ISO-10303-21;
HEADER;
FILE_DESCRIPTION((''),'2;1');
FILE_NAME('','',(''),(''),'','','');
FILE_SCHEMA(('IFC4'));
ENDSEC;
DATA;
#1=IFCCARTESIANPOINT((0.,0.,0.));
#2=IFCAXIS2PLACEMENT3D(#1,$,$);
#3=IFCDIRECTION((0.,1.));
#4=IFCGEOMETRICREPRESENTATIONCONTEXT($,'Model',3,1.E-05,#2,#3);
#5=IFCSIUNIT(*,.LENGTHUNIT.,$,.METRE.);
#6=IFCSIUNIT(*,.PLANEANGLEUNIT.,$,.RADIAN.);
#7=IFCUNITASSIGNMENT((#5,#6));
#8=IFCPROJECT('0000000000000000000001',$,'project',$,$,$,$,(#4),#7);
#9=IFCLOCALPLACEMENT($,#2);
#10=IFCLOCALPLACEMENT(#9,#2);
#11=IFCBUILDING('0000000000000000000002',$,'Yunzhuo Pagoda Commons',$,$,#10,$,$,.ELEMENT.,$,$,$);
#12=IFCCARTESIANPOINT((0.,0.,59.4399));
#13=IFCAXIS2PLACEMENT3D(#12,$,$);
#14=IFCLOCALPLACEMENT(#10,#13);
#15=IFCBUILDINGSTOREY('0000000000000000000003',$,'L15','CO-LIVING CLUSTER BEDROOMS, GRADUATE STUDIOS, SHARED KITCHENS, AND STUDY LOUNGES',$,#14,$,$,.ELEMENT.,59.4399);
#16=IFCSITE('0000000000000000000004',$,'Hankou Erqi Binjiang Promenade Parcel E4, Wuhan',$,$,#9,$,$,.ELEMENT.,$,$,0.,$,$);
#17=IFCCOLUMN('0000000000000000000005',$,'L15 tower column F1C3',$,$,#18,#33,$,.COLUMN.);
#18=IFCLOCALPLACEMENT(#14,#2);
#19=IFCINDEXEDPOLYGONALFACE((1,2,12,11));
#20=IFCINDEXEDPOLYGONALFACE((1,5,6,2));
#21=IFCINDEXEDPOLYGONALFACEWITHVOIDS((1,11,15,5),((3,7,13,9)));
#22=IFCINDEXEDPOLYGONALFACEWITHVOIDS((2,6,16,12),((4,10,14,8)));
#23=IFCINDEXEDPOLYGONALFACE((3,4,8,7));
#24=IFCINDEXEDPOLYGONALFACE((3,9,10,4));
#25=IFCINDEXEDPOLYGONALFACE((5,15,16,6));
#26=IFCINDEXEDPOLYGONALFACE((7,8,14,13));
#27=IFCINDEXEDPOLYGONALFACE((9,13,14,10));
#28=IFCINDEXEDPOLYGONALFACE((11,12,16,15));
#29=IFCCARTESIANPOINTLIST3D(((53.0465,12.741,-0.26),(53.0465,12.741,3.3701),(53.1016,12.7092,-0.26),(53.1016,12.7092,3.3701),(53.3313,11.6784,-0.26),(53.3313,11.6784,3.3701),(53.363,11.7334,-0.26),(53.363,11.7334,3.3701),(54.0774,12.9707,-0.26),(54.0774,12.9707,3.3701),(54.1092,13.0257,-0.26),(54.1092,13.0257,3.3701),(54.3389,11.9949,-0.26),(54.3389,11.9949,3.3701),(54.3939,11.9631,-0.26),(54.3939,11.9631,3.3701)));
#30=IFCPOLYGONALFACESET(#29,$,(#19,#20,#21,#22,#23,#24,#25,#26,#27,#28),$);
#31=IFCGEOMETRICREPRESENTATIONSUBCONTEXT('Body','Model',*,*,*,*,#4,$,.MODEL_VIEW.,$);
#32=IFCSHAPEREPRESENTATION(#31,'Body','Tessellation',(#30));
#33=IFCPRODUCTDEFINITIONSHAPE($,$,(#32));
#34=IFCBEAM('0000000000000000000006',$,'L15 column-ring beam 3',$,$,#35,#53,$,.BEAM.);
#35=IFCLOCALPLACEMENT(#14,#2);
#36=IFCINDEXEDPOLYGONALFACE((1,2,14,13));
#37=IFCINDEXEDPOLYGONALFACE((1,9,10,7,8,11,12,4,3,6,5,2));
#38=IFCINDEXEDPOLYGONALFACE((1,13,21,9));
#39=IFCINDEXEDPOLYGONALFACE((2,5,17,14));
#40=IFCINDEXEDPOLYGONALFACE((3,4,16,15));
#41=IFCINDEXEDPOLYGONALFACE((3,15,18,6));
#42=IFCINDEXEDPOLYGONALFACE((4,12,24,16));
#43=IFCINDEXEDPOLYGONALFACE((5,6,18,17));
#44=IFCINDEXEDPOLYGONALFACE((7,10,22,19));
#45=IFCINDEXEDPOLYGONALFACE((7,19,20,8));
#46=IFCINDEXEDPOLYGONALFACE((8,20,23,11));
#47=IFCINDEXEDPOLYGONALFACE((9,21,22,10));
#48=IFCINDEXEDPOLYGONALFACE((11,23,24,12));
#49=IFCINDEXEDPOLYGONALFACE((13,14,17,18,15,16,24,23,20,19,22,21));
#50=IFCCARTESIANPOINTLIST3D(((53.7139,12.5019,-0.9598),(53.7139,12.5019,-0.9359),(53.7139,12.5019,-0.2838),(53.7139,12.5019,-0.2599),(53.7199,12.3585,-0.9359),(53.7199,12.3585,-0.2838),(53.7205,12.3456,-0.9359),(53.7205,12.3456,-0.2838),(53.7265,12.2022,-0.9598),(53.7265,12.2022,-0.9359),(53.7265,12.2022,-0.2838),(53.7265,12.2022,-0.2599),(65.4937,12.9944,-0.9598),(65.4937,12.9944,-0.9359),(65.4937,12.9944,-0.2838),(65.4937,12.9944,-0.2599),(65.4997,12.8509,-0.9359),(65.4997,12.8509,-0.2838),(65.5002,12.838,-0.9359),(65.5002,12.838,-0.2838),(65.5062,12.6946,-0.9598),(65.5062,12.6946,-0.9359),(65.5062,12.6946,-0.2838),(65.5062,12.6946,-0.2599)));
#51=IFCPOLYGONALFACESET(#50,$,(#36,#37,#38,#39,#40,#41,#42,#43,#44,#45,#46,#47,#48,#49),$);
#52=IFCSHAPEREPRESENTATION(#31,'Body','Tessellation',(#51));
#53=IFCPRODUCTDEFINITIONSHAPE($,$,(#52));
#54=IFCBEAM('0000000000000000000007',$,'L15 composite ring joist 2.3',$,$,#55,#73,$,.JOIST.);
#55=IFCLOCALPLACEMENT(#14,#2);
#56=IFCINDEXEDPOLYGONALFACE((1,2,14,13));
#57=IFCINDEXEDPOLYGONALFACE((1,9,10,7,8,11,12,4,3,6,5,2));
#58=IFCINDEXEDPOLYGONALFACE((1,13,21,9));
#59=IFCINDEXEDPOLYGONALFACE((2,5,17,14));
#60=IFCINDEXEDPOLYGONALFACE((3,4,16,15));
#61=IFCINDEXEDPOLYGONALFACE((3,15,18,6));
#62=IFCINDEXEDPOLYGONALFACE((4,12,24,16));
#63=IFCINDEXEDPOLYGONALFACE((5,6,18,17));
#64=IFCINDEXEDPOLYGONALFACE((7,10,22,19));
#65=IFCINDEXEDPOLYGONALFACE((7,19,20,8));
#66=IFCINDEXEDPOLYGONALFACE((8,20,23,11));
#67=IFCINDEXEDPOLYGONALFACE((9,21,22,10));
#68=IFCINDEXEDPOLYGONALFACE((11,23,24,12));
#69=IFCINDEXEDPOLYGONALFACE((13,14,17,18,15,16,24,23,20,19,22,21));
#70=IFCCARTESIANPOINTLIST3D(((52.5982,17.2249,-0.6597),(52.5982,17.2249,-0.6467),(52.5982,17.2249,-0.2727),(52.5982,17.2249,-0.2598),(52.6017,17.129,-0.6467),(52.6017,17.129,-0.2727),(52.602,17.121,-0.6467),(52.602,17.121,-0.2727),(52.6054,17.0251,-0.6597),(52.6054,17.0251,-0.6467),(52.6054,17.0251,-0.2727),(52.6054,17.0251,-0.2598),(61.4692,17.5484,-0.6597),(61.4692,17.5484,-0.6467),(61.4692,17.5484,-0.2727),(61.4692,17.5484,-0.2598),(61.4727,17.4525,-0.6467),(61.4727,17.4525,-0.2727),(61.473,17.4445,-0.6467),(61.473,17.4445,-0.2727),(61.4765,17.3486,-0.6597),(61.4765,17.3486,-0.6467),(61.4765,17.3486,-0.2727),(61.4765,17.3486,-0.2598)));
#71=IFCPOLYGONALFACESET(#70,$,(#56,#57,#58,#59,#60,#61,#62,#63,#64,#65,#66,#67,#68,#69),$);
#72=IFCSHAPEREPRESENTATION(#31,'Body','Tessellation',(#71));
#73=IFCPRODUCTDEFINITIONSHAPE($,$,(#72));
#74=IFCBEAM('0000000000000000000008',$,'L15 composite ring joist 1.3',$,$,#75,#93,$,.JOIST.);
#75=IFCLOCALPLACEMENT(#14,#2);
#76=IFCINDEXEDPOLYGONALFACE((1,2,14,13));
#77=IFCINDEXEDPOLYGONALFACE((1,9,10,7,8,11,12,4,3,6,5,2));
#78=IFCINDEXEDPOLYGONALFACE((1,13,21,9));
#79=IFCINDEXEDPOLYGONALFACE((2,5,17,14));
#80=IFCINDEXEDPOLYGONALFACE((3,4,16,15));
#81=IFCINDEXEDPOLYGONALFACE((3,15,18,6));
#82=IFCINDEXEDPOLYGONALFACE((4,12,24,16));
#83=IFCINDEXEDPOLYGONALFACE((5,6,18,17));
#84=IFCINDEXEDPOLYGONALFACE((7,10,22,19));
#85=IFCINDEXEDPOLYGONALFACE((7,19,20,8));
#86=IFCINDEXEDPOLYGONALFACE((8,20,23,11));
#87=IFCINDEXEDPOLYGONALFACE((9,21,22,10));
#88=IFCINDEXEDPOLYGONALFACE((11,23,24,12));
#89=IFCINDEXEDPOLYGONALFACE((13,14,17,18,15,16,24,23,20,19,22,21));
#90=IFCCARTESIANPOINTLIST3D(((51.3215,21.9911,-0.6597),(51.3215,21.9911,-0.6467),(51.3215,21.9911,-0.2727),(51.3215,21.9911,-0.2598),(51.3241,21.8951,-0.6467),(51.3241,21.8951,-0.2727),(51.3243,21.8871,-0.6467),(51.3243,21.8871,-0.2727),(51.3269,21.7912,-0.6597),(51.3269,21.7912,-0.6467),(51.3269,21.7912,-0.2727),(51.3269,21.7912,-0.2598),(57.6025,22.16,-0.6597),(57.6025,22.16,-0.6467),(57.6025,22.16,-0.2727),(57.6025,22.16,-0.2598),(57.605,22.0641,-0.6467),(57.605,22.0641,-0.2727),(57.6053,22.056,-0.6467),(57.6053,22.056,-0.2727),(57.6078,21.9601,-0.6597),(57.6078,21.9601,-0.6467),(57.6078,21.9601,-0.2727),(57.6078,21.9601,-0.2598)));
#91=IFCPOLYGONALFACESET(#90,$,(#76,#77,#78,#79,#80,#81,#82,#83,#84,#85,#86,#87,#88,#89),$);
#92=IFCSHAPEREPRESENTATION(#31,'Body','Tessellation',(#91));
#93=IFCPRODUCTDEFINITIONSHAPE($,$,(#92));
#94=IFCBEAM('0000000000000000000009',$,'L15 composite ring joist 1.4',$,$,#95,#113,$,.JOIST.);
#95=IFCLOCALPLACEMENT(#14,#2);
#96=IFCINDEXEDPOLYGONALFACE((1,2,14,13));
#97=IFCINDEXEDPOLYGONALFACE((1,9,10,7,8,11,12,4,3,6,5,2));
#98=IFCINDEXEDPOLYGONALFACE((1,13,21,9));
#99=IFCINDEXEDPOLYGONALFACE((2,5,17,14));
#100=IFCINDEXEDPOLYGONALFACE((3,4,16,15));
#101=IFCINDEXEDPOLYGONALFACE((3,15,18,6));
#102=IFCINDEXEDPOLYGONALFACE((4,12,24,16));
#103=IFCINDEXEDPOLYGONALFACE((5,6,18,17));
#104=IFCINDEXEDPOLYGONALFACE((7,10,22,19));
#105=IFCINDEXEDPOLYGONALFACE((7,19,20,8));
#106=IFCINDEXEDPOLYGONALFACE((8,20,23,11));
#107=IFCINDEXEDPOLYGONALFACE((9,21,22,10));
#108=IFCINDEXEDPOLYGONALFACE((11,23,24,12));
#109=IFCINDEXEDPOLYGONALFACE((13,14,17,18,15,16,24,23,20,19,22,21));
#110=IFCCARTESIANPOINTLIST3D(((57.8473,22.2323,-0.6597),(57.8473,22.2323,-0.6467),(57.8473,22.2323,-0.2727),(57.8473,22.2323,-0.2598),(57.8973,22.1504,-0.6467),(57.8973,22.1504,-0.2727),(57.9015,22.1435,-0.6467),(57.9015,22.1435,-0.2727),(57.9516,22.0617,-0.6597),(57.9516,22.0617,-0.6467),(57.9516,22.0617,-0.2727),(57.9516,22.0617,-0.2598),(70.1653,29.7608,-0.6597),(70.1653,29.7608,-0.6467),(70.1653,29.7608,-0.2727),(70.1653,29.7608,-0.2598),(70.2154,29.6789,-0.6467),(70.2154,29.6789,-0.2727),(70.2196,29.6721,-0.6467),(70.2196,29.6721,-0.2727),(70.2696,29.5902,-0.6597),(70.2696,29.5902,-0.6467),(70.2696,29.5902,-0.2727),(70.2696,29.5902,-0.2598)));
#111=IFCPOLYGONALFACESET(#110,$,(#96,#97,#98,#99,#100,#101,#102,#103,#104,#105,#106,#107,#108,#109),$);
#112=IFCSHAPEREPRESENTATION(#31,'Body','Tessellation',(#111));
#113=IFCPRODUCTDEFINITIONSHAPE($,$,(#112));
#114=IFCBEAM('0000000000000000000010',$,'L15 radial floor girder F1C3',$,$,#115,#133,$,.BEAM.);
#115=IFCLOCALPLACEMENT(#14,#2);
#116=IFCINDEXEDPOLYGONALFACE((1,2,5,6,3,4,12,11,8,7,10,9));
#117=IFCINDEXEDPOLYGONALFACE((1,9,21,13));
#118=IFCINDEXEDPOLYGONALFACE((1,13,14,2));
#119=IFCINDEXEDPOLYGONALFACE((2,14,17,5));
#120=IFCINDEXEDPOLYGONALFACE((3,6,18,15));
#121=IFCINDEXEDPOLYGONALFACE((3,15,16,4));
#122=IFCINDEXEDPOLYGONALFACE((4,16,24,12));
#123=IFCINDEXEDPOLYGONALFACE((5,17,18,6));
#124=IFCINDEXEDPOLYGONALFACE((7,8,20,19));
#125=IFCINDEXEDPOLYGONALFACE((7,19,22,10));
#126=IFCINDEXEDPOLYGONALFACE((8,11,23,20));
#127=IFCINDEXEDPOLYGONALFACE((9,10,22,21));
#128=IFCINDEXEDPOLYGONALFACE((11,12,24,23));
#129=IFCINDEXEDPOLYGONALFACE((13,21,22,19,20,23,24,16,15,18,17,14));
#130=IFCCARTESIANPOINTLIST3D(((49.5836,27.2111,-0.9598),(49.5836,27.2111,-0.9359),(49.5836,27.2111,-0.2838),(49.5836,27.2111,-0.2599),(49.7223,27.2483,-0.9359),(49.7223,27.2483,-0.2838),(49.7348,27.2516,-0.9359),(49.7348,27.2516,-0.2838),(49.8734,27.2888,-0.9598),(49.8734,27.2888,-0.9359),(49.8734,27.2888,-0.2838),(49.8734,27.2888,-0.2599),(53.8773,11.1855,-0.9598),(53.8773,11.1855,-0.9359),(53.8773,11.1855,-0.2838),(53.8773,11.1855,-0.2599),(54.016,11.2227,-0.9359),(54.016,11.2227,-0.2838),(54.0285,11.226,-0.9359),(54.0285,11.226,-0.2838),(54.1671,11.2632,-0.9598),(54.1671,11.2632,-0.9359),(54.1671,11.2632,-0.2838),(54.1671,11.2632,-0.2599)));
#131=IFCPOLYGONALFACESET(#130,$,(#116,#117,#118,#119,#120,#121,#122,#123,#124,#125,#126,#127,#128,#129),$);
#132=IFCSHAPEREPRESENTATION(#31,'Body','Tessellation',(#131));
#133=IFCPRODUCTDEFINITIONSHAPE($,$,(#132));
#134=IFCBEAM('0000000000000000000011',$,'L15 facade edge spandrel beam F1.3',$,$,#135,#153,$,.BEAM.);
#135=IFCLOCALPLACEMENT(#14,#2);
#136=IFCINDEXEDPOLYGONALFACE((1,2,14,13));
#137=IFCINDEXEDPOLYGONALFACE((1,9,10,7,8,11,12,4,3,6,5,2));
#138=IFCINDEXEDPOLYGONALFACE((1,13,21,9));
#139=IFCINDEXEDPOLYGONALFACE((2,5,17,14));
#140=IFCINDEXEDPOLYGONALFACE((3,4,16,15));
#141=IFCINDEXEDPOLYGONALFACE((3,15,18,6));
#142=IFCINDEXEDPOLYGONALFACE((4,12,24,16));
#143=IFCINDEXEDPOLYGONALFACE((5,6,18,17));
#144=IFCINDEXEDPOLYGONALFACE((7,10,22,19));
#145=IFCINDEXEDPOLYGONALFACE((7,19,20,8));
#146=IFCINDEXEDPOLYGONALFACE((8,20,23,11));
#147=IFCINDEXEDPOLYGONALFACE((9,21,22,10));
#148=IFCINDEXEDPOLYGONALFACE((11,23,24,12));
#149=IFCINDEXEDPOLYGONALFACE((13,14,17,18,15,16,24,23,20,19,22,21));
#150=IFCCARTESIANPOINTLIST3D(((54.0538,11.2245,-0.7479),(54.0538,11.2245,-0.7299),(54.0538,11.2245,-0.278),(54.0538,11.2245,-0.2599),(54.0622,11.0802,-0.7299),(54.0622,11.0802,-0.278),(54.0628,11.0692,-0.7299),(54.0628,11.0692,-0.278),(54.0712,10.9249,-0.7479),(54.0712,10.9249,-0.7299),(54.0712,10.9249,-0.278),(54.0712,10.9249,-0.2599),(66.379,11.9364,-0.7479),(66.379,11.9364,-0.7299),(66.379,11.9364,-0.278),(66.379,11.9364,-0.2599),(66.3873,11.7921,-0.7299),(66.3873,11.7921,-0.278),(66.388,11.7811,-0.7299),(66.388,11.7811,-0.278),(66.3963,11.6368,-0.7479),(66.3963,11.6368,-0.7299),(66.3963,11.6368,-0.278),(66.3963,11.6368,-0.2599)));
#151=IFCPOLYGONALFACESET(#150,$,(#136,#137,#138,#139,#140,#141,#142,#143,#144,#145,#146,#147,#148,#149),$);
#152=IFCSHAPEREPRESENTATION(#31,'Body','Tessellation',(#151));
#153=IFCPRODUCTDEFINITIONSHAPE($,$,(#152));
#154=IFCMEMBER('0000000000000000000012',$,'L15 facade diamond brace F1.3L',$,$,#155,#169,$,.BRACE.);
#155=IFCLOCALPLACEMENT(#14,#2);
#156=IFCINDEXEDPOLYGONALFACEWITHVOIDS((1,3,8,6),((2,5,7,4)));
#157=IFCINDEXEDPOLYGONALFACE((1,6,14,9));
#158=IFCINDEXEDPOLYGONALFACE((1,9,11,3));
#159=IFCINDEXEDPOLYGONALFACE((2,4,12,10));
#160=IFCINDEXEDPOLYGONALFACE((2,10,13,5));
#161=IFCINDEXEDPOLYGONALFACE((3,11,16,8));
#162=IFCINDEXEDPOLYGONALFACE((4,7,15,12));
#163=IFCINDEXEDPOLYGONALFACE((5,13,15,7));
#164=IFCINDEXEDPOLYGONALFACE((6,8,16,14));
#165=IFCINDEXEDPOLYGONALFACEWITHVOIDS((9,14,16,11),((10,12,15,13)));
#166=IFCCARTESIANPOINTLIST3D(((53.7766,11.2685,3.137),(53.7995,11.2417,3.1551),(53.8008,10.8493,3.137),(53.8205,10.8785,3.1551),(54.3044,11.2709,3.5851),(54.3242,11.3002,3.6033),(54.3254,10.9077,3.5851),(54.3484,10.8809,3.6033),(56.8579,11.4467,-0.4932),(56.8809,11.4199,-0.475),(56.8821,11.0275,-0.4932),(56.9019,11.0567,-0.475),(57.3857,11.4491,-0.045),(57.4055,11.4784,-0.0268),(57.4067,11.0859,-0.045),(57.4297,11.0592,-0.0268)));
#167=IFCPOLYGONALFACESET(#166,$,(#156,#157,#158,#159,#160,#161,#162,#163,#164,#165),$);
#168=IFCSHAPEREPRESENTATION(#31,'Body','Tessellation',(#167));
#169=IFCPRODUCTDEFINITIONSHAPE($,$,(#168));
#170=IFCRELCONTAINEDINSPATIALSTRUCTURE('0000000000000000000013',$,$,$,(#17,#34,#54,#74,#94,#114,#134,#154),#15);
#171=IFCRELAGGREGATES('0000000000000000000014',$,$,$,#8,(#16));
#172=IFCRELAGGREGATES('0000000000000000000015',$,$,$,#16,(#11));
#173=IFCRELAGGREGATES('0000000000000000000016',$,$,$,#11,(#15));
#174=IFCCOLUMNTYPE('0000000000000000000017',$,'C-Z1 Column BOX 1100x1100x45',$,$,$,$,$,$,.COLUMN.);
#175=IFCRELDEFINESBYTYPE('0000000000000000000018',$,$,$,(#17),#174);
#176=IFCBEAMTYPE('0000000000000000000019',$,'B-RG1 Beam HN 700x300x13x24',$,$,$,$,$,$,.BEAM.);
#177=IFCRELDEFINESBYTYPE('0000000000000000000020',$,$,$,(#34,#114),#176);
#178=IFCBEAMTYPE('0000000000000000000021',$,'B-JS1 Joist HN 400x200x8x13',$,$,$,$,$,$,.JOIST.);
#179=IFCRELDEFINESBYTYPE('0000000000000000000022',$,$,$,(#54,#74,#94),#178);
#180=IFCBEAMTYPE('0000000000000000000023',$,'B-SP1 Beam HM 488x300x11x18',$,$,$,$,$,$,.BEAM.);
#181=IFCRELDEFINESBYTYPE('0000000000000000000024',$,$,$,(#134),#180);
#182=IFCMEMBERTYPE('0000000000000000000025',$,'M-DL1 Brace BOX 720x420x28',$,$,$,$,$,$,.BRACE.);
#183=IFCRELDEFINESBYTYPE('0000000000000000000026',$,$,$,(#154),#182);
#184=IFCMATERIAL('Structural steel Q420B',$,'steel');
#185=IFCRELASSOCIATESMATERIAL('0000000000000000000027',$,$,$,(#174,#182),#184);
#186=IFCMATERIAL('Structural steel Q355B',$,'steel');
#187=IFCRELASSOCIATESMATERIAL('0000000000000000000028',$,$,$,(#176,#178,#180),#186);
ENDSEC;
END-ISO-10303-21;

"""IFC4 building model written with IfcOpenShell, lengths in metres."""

from ifc_helpers import new_model, si_unit, direction, frame, origin, origin_2d, place, context, subcontext, project, spatial, hollow_rectangle, i_section, extrude, source, transform, mapped, material, material_profile, profile_set, type_object, element, save


model = new_model("IFC4")

# Units and contexts
model_context = context("Model", 3, precision=1e-05, world=origin(), true_north=direction((0.0, 1.0)))
body_context = subcontext(model_context, "Body", "Model", "MODEL_VIEW")
ifc_project = project(units=[si_unit("LENGTHUNIT", "METRE"), si_unit("PLANEANGLEUNIT", "RADIAN")], contexts=[model_context])

# Site, building, storey
site_placement = place(None, origin())
site = spatial("IfcSite", under=ifc_project, at=site_placement, Name="Hankou Erqi Binjiang Promenade Parcel E4, Wuhan", CompositionType="ELEMENT", RefElevation=0.0)
building_placement = place(site_placement, origin())
building = spatial("IfcBuilding", under=site, at=building_placement, Name="Yunzhuo Pagoda Commons", CompositionType="ELEMENT")
storey_placement = place(building_placement, frame((0.0, 0.0, 59.4399)))
storey = spatial("IfcBuildingStorey", under=building, at=storey_placement, Name="L15", Description="CO-LIVING CLUSTER BEDROOMS, GRADUATE STUDIOS, SHARED KITCHENS, AND STUDY LOUNGES", CompositionType="ELEMENT", Elevation=59.4399)

# Column
ifc_material_1 = material(Name="Structural steel Q420B", Category="steel")
ifc_material_profile_1 = material_profile(ifc_material_1, hollow_rectangle(XDim=1.1001, YDim=1.1001, WallThickness=0.0449, at=origin_2d()), Name="Structural steel Q420B")
ifc_profile_set_1 = profile_set([ifc_material_profile_1], Name="Structural steel Q420B")
column_type = type_object("IfcColumnType", Name="C-Z1 Column BOX 1100x1100x45", PredefinedType="COLUMN", material=ifc_profile_set_1)
shared_shape_1 = source(origin(), body_context, "Body", "SweptSolid", [
    extrude(hollow_rectangle(XDim=1.1001, YDim=1.1001, WallThickness=0.0449, at=origin_2d()), origin(), (0.0, 0.0, 1.0), 3.6301),
])
column_placement = place(storey_placement, frame((53.7202, 12.3521, -0.26), z_axis=(0.0, 0.0, 1.0), x_axis=(0.965926, 0.258819, 0.0)))
element("IfcColumn", 1, at=column_placement, inside=storey, type_object=column_type, Name="L15 tower column F1C3", PredefinedType="COLUMN", context=body_context, shape_type="MappedRepresentation", body=[
    mapped(shared_shape_1, transform((0.0, 0.0, 0.0), scale=1.0)),
])

# Beams
ifc_material_2 = material(Name="Structural steel Q355B", Category="steel")
ifc_material_profile_2 = material_profile(ifc_material_2, i_section(OverallWidth=0.3, OverallDepth=0.7, WebThickness=0.0129, FlangeThickness=0.0239, at=origin_2d()), Name="Structural steel Q355B")
ifc_profile_set_2 = profile_set([ifc_material_profile_2], Name="Structural steel Q355B")
beam_type_1 = type_object("IfcBeamType", Name="B-RG1 Beam HN 700x300x13x24", PredefinedType="BEAM", material=ifc_profile_set_2)
shared_shape_2 = source(origin(), body_context, "Body", "SweptSolid", [
    extrude(i_section(OverallWidth=0.3, OverallDepth=0.7, WebThickness=0.0129, FlangeThickness=0.0239, at=origin_2d()), origin(), (0.0, 0.0, 1.0), 11.79),
])
beam_1_placement = place(storey_placement, frame((53.7202, 12.3521, -0.6099), z_axis=(0.999127, 0.041767, 0.0), x_axis=(-0.041767, 0.999127, 0.0)))
element("IfcBeam", 2, at=beam_1_placement, inside=storey, type_object=beam_type_1, Name="L15 column-ring beam 3", PredefinedType="BEAM", context=body_context, shape_type="MappedRepresentation", body=[
    mapped(shared_shape_2, transform((0.0, 0.0, 0.0), scale=1.0)),
])
ifc_material_profile_3 = material_profile(ifc_material_2, i_section(OverallWidth=0.2, OverallDepth=0.3999, WebThickness=0.0081, FlangeThickness=0.0129, at=origin_2d()), Name="Structural steel Q355B")
ifc_profile_set_3 = profile_set([ifc_material_profile_3], Name="Structural steel Q355B")
beam_type_2 = type_object("IfcBeamType", Name="B-JS1 Joist HN 400x200x8x13", PredefinedType="JOIST", material=ifc_profile_set_3)
shared_shape_3 = source(origin(), body_context, "Body", "SweptSolid", [
    extrude(i_section(OverallWidth=0.2, OverallDepth=0.3999, WebThickness=0.0081, FlangeThickness=0.0129, at=origin_2d()), origin(), (0.0, 0.0, 1.0), 8.877),
])
beam_2_placement = place(storey_placement, frame((52.6018, 17.125, -0.4597), z_axis=(0.999336, 0.036441, 0.0), x_axis=(-0.036441, 0.999336, 0.0)))
element("IfcBeam", 3, at=beam_2_placement, inside=storey, type_object=beam_type_2, Name="L15 composite ring joist 2.3", PredefinedType="JOIST", context=body_context, shape_type="MappedRepresentation", body=[
    mapped(shared_shape_3, transform((0.0, 0.0, 0.0), scale=1.0)),
])
shared_shape_4 = source(origin(), body_context, "Body", "SweptSolid", [
    extrude(i_section(OverallWidth=0.2, OverallDepth=0.3999, WebThickness=0.0081, FlangeThickness=0.0129, at=origin_2d()), origin(), (0.0, 0.0, 1.0), 6.2832),
])
beam_3_placement = place(storey_placement, frame((51.3242, 21.8911, -0.4597), z_axis=(0.999638, 0.026888, 0.0), x_axis=(-0.026888, 0.999638, 0.0)))
element("IfcBeam", 4, at=beam_3_placement, inside=storey, type_object=beam_type_2, Name="L15 composite ring joist 1.3", PredefinedType="JOIST", context=body_context, shape_type="MappedRepresentation", body=[
    mapped(shared_shape_4, transform((0.0, 0.0, 0.0), scale=1.0)),
])
shared_shape_5 = source(origin(), body_context, "Body", "SweptSolid", [
    extrude(i_section(OverallWidth=0.2, OverallDepth=0.3999, WebThickness=0.0081, FlangeThickness=0.0129, at=origin_2d()), origin(), (0.0, 0.0, 1.0), 14.4365),
])
beam_4_placement = place(storey_placement, frame((57.8994, 22.147, -0.4597), z_axis=(0.853256, 0.521492, 0.0), x_axis=(-0.521492, 0.853256, 0.0)))
element("IfcBeam", 5, at=beam_4_placement, inside=storey, type_object=beam_type_2, Name="L15 composite ring joist 1.4", PredefinedType="JOIST", context=body_context, shape_type="MappedRepresentation", body=[
    mapped(shared_shape_5, transform((0.0, 0.0, 0.0), scale=1.0)),
])
shared_shape_6 = source(origin(), body_context, "Body", "SweptSolid", [
    extrude(i_section(OverallWidth=0.3, OverallDepth=0.7, WebThickness=0.0129, FlangeThickness=0.0239, at=origin_2d()), origin(), (0.0, 0.0, 1.0), 16.5908),
])
beam_5_placement = place(storey_placement, frame((54.0222, 11.2244, -0.6099), z_axis=(-0.258799, 0.965931, 0.0), x_axis=(-0.965931, -0.258799, 0.0)))
element("IfcBeam", 6, at=beam_5_placement, inside=storey, type_object=beam_type_1, Name="L15 radial floor girder F1C3", PredefinedType="BEAM", context=body_context, shape_type="MappedRepresentation", body=[
    mapped(shared_shape_6, transform((0.0, 0.0, 0.0), scale=1.0)),
])
ifc_material_profile_4 = material_profile(ifc_material_2, i_section(OverallWidth=0.3, OverallDepth=0.488, WebThickness=0.011, FlangeThickness=0.0181, at=origin_2d()), Name="Structural steel Q355B")
ifc_profile_set_4 = profile_set([ifc_material_profile_4], Name="Structural steel Q355B")
beam_type_3 = type_object("IfcBeamType", Name="B-SP1 Beam HM 488x300x11x18", PredefinedType="BEAM", material=ifc_profile_set_4)
shared_shape_7 = source(origin(), body_context, "Body", "SweptSolid", [
    extrude(i_section(OverallWidth=0.3, OverallDepth=0.488, WebThickness=0.011, FlangeThickness=0.0181, at=origin_2d()), origin(), (0.0, 0.0, 1.0), 12.3457),
])
beam_6_placement = place(storey_placement, frame((54.0625, 11.0747, -0.5039), z_axis=(0.998336, 0.057665, 0.0), x_axis=(-0.057665, 0.998336, 0.0)))
element("IfcBeam", 7, at=beam_6_placement, inside=storey, type_object=beam_type_3, Name="L15 facade edge spandrel beam F1.3", PredefinedType="BEAM", context=body_context, shape_type="MappedRepresentation", body=[
    mapped(shared_shape_7, transform((0.0, 0.0, 0.0), scale=1.0)),
])

# Member
ifc_material_profile_5 = material_profile(ifc_material_1, hollow_rectangle(XDim=0.4199, YDim=0.72, WallThickness=0.0281, at=origin_2d()), Name="Structural steel Q420B")
ifc_profile_set_5 = profile_set([ifc_material_profile_5], Name="Structural steel Q420B")
member_type_1 = type_object("IfcMemberType", Name="M-DL1 Brace BOX 720x420x28", PredefinedType="BRACE", material=ifc_profile_set_5)
shared_shape_8 = source(origin(), body_context, "Body", "SweptSolid", [
    extrude(hollow_rectangle(XDim=0.4199, YDim=0.72, WallThickness=0.0281, at=origin_2d()), origin(), (0.0, 0.0, 1.0), 4.7649),
])
member_1_placement = place(storey_placement, frame((57.1438, 11.2529, -0.26), z_axis=(-0.64667, -0.037403, 0.761852), x_axis=(0.057744, -0.998331, 0.0)))
element("IfcMember", 8, at=member_1_placement, inside=storey, type_object=member_type_1, Name="L15 facade diamond brace F1.3L", PredefinedType="BRACE", context=body_context, shape_type="MappedRepresentation", body=[
    mapped(shared_shape_8, transform((0.0, 0.0, 0.0), scale=1.0)),
])

save(model, "model.ifc")
